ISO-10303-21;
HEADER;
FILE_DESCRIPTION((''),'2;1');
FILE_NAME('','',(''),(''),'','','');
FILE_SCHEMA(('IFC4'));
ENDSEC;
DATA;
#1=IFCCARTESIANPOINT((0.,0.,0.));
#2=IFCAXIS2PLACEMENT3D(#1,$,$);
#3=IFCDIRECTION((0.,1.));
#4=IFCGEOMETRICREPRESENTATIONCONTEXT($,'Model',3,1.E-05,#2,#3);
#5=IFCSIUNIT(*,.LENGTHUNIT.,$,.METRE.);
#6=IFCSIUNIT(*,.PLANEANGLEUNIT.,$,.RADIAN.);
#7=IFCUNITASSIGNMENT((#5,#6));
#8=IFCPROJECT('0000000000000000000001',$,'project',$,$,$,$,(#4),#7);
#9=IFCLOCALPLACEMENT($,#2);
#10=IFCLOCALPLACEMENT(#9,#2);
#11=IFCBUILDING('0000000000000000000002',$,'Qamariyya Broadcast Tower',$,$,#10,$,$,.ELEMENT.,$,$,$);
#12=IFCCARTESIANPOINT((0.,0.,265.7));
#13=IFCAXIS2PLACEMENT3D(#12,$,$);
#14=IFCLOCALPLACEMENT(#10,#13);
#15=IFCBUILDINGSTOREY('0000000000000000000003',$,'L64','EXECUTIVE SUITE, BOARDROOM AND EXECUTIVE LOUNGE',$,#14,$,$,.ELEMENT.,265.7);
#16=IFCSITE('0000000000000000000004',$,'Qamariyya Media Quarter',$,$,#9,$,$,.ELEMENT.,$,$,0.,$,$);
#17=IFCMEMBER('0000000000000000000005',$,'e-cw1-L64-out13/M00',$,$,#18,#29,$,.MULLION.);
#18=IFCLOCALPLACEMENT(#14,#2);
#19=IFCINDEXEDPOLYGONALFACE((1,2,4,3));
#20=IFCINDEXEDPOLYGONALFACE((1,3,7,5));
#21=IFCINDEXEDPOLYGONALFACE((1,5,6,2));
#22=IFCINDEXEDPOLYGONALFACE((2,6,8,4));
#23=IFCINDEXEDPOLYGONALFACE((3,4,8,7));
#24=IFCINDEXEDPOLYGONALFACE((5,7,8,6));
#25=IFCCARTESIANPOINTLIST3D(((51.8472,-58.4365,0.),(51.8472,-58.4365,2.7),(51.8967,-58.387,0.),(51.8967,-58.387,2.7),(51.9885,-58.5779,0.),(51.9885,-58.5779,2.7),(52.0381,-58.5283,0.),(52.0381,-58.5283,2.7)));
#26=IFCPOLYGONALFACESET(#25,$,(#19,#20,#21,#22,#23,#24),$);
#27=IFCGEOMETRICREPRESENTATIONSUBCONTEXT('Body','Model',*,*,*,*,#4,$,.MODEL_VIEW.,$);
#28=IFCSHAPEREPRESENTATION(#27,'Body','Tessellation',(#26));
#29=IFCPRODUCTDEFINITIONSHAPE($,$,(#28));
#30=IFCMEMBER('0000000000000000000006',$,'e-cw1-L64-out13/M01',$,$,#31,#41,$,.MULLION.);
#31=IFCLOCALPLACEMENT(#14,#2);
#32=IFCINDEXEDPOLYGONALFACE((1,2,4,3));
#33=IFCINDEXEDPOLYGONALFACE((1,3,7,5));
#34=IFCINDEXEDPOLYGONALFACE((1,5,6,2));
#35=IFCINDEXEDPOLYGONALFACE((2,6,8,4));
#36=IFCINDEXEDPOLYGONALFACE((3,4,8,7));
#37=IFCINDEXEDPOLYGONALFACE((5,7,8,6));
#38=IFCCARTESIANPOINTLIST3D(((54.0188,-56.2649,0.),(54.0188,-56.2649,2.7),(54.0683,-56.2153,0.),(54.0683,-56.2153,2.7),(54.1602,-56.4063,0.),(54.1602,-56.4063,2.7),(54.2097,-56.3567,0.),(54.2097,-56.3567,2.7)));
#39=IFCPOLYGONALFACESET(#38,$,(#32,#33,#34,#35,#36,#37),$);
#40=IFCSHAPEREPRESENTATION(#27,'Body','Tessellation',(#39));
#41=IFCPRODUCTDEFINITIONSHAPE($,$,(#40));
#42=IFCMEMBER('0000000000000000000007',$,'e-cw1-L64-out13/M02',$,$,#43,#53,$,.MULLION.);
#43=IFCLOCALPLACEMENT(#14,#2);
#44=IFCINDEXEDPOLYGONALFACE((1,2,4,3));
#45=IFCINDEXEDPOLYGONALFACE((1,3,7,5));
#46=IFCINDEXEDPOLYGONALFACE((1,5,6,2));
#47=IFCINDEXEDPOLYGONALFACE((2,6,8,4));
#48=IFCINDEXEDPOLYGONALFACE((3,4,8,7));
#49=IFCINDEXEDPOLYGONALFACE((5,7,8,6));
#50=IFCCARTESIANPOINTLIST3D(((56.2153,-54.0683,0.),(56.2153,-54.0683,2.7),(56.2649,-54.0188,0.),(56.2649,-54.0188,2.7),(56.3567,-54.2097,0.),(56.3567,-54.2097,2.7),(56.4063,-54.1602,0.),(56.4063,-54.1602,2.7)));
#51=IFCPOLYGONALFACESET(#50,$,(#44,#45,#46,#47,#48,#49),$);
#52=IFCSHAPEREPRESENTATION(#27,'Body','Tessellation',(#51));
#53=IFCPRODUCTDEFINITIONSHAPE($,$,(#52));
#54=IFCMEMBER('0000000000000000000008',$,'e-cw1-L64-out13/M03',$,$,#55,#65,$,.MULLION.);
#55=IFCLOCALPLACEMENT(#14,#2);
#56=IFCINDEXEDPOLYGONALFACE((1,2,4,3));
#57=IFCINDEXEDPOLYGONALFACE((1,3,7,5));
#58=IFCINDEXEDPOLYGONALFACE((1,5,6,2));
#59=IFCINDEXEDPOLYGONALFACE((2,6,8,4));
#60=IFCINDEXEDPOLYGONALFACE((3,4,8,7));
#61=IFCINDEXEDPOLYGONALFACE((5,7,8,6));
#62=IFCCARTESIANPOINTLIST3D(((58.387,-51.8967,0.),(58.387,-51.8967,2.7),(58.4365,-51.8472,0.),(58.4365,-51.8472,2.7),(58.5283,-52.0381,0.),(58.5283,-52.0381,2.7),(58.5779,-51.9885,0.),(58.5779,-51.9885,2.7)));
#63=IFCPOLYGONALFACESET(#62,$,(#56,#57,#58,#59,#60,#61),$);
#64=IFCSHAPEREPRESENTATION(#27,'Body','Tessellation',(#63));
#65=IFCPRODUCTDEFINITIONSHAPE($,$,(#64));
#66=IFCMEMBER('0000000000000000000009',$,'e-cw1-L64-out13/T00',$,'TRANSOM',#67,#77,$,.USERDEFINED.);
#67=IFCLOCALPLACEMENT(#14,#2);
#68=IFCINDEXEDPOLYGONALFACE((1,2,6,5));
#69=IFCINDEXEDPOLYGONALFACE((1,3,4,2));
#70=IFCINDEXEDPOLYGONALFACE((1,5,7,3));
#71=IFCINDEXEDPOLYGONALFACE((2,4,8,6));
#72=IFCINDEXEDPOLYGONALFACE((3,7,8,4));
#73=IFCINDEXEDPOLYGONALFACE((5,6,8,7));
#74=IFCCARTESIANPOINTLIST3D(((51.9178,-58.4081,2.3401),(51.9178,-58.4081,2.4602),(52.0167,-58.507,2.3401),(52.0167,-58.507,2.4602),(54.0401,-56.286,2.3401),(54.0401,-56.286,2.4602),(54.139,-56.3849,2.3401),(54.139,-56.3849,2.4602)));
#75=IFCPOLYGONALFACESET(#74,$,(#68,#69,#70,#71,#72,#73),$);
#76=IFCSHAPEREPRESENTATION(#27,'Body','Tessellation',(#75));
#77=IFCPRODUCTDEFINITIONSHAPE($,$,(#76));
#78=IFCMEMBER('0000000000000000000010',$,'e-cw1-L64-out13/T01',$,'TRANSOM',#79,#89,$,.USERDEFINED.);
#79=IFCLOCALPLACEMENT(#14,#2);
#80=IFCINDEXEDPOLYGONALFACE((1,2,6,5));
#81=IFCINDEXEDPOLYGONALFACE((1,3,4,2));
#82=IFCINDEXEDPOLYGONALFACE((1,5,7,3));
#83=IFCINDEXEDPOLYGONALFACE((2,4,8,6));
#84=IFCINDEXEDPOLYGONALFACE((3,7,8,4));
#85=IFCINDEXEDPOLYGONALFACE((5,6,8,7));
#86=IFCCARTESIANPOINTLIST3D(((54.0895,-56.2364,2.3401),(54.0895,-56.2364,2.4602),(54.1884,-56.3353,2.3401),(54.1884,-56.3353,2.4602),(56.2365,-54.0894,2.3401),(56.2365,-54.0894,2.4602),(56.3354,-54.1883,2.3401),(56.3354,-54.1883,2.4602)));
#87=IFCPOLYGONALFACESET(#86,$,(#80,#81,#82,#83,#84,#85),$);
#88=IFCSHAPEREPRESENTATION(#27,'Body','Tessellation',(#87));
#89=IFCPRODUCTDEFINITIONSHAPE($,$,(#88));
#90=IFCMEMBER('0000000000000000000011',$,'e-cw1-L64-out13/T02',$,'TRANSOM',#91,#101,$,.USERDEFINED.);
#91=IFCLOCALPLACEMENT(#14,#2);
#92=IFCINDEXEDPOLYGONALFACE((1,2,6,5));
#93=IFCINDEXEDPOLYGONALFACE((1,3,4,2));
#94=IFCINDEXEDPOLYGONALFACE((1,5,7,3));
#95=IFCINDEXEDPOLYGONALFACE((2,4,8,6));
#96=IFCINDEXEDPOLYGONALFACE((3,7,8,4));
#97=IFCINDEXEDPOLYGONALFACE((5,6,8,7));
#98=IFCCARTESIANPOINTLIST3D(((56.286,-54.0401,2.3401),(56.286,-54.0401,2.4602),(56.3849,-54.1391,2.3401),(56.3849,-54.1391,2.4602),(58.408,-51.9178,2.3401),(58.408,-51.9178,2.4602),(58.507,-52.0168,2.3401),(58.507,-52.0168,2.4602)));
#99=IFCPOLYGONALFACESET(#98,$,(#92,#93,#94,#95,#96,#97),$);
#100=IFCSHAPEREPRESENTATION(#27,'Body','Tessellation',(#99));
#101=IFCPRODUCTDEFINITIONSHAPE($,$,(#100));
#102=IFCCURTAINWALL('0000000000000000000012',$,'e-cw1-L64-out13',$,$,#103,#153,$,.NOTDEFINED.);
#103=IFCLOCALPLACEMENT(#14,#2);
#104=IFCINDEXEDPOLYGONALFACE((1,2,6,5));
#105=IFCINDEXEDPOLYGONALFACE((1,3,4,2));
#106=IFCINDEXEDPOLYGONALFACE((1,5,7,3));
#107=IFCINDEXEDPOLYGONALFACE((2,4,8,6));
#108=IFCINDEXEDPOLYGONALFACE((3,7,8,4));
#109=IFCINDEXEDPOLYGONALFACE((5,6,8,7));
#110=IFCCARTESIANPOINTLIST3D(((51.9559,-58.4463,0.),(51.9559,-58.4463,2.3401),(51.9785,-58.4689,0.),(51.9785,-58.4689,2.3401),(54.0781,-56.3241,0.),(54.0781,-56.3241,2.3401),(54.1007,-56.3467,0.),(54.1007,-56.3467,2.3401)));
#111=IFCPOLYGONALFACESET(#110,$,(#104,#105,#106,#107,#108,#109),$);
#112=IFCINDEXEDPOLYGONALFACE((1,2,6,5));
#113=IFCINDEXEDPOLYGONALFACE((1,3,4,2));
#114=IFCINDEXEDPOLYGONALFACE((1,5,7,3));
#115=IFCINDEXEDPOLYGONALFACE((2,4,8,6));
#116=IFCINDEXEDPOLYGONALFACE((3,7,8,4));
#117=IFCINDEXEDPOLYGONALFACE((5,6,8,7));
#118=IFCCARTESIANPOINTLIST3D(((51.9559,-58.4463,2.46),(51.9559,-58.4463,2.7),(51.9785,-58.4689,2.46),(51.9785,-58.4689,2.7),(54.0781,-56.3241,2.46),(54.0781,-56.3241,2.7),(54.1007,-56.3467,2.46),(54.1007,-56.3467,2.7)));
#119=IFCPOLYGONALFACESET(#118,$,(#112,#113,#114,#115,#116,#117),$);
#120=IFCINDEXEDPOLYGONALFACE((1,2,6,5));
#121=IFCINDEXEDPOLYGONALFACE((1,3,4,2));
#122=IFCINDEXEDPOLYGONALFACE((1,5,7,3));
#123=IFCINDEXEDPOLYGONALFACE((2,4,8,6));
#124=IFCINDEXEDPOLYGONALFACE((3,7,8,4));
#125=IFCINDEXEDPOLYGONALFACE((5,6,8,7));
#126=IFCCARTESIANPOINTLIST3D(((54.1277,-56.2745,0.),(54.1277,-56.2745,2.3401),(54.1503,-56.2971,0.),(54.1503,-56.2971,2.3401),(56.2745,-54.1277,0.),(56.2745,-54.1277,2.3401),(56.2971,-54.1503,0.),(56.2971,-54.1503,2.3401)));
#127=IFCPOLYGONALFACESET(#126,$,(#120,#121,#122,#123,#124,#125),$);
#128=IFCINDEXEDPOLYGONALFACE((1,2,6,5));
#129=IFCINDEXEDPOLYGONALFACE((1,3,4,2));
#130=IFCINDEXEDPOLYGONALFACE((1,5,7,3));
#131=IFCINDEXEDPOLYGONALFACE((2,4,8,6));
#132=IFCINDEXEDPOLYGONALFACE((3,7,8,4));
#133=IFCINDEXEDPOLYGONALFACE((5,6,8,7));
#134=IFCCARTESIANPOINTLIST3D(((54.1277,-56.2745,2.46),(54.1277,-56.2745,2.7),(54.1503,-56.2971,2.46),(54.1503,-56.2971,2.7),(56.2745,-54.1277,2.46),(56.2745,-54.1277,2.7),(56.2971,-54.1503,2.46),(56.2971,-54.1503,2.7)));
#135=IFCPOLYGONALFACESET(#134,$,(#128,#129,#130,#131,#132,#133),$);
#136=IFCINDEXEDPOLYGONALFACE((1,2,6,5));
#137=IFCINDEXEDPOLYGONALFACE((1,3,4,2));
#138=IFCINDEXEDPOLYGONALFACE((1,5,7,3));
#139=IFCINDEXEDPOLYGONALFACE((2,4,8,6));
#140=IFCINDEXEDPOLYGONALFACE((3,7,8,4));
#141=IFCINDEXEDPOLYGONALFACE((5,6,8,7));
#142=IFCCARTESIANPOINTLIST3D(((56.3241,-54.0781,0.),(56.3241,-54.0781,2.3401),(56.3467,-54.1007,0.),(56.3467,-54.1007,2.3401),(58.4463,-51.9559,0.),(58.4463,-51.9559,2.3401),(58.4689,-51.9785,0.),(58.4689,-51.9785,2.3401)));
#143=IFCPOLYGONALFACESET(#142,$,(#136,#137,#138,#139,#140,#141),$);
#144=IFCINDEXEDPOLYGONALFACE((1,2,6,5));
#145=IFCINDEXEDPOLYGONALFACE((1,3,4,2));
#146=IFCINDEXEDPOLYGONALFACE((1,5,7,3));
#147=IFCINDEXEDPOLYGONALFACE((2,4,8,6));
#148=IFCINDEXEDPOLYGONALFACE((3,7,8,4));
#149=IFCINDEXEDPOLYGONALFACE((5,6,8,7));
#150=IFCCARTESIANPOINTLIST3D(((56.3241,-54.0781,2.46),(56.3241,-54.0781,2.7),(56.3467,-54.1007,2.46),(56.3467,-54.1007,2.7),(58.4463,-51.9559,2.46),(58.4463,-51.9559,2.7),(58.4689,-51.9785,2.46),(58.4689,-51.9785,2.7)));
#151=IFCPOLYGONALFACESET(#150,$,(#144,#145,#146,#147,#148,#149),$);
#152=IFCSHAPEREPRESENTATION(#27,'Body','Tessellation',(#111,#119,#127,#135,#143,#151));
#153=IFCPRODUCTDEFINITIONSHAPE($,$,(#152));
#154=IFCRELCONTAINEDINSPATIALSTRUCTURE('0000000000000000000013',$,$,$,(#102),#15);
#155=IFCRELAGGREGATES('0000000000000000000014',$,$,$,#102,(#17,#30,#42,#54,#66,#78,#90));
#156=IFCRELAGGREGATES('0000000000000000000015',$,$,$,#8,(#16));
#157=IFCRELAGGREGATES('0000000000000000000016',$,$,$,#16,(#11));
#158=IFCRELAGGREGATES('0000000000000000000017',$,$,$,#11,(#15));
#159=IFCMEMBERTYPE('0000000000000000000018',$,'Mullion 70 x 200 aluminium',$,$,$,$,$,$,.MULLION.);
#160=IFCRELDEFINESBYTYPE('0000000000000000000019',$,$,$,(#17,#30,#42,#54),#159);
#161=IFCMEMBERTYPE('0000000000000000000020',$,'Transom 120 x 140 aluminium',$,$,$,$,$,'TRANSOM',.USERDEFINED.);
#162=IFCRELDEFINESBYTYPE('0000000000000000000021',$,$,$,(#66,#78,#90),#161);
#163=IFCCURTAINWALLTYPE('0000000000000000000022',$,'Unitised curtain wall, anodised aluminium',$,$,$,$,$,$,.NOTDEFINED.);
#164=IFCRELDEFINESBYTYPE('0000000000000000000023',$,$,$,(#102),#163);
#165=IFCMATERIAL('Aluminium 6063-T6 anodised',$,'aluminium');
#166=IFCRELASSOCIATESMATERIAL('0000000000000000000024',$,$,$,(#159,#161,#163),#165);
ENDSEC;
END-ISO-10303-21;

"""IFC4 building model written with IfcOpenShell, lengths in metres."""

from ifc_helpers import new_model, si_unit, direction, frame, origin, origin_2d, place, context, subcontext, project, spatial, rectangle, extrude, material, material_profile, profile_set, type_object, element, aggregate, save


model = new_model("IFC4")

# Units and contexts
model_context = context("Model", 3, precision=1e-05, world=origin(), true_north=direction((0.0, 1.0)))
body_context = subcontext(model_context, "Body", "Model", "MODEL_VIEW")
ifc_project = project(units=[si_unit("LENGTHUNIT", "METRE"), si_unit("PLANEANGLEUNIT", "RADIAN")], contexts=[model_context])

# Members
ifc_material = material(Name="Aluminium 6063-T6 anodised", Category="aluminium")
ifc_material_profile_1 = material_profile(ifc_material, rectangle(XDim=0.2, YDim=0.0701, at=origin_2d()))
ifc_profile_set_1 = profile_set([ifc_material_profile_1], Name="Aluminium 6063-T6 anodised")
member_type_1 = type_object("IfcMemberType", Name="Mullion 70 x 200 aluminium", PredefinedType="MULLION", material=ifc_profile_set_1)
site_placement = place(None, origin())
building_placement = place(site_placement, origin())
storey_placement = place(building_placement, frame((0.0, 0.0, 265.7)))
member_1_placement = place(storey_placement, frame((51.9426, -58.4824, 0.0), z_axis=(0.0, 0.0, 1.0), x_axis=(-0.707107, 0.707107, 0.0)))
member_1 = element("IfcMember", 1, at=member_1_placement, type_object=member_type_1, Name="e-cw1-L64-out13/M00", PredefinedType="MULLION", context=body_context, shape_type="SweptSolid", body=[
    extrude(rectangle(XDim=0.2, YDim=0.0701, at=origin_2d()), origin(), (0.0, 0.0, 1.0), 2.7),
])
member_2_placement = place(storey_placement, frame((54.1143, -56.3108, 0.0), z_axis=(0.0, 0.0, 1.0), x_axis=(-0.707107, 0.707107, 0.0)))
member_2 = element("IfcMember", 2, at=member_2_placement, type_object=member_type_1, Name="e-cw1-L64-out13/M01", PredefinedType="MULLION", context=body_context, shape_type="SweptSolid", body=[
    extrude(rectangle(XDim=0.2, YDim=0.0701, at=origin_2d()), origin(), (0.0, 0.0, 1.0), 2.7),
])
member_3_placement = place(storey_placement, frame((56.3108, -54.1143, 0.0), z_axis=(0.0, 0.0, 1.0), x_axis=(-0.707107, 0.707107, 0.0)))
member_3 = element("IfcMember", 3, at=member_3_placement, type_object=member_type_1, Name="e-cw1-L64-out13/M02", PredefinedType="MULLION", context=body_context, shape_type="SweptSolid", body=[
    extrude(rectangle(XDim=0.2, YDim=0.0701, at=origin_2d()), origin(), (0.0, 0.0, 1.0), 2.7),
])
member_4_placement = place(storey_placement, frame((58.4824, -51.9426, 0.0), z_axis=(0.0, 0.0, 1.0), x_axis=(-0.707107, 0.707107, 0.0)))
member_4 = element("IfcMember", 4, at=member_4_placement, type_object=member_type_1, Name="e-cw1-L64-out13/M03", PredefinedType="MULLION", context=body_context, shape_type="SweptSolid", body=[
    extrude(rectangle(XDim=0.2, YDim=0.0701, at=origin_2d()), origin(), (0.0, 0.0, 1.0), 2.7),
])
ifc_material_profile_2 = material_profile(ifc_material, rectangle(XDim=0.1399, YDim=0.1201, at=origin_2d()))
ifc_profile_set_2 = profile_set([ifc_material_profile_2], Name="Aluminium 6063-T6 anodised")
member_type_2 = type_object("IfcMemberType", Name="Transom 120 x 140 aluminium", ElementType="TRANSOM", PredefinedType="USERDEFINED", material=ifc_profile_set_2)
member_5_placement = place(storey_placement, frame((51.9673, -58.4575, 2.4001), z_axis=(0.707147, 0.707066, 0.0), x_axis=(-0.707066, 0.707147, 0.0)))
member_5 = element("IfcMember", 5, at=member_5_placement, type_object=member_type_2, Name="e-cw1-L64-out13/T00", ObjectType="TRANSOM", PredefinedType="USERDEFINED", context=body_context, shape_type="SweptSolid", body=[
    extrude(rectangle(XDim=0.1399, YDim=0.1201, at=origin_2d()), origin(), (0.0, 0.0, 1.0), 3.0012),
])
member_6_placement = place(storey_placement, frame((54.1389, -56.2859, 2.4001), z_axis=(0.707107, 0.707107, 0.0), x_axis=(-0.707107, 0.707107, 0.0)))
member_6 = element("IfcMember", 6, at=member_6_placement, type_object=member_type_2, Name="e-cw1-L64-out13/T01", ObjectType="TRANSOM", PredefinedType="USERDEFINED", context=body_context, shape_type="SweptSolid", body=[
    extrude(rectangle(XDim=0.1399, YDim=0.1201, at=origin_2d()), origin(), (0.0, 0.0, 1.0), 3.0364),
])
member_7_placement = place(storey_placement, frame((56.3354, -54.0896, 2.4001), z_axis=(0.707066, 0.707147, 0.0), x_axis=(-0.707147, 0.707066, 0.0)))
member_7 = element("IfcMember", 7, at=member_7_placement, type_object=member_type_2, Name="e-cw1-L64-out13/T02", ObjectType="TRANSOM", PredefinedType="USERDEFINED", context=body_context, shape_type="SweptSolid", body=[
    extrude(rectangle(XDim=0.1399, YDim=0.1201, at=origin_2d()), origin(), (0.0, 0.0, 1.0), 3.0012),
])

# Site, building, storey
site = spatial("IfcSite", under=ifc_project, at=site_placement, Name="Qamariyya Media Quarter", CompositionType="ELEMENT", RefElevation=0.0)
building = spatial("IfcBuilding", under=site, at=building_placement, Name="Qamariyya Broadcast Tower", CompositionType="ELEMENT")
storey = spatial("IfcBuildingStorey", under=building, at=storey_placement, Name="L64", Description="EXECUTIVE SUITE, BOARDROOM AND EXECUTIVE LOUNGE", CompositionType="ELEMENT", Elevation=265.7)

# Curtain wall
curtain_wall_type = type_object("IfcCurtainWallType", Name="Unitised curtain wall, anodised aluminium", PredefinedType="NOTDEFINED", material=ifc_material)
curtain_wall_1_placement = place(storey_placement, origin())
curtain_wall_1 = element("IfcCurtainWall", 8, at=curtain_wall_1_placement, inside=storey, type_object=curtain_wall_type, Name="e-cw1-L64-out13", PredefinedType="NOTDEFINED", context=body_context, shape_type="SweptSolid", body=[
    extrude(rectangle(XDim=3.0012, YDim=0.032, at=origin_2d()), frame((53.0283, -57.3965, 0.0), x_axis=(0.707107, 0.707107, 0.0)), (0.0, 0.0, 1.0), 2.3401),
    extrude(rectangle(XDim=3.0012, YDim=0.032, at=origin_2d()), frame((53.0283, -57.3965, 2.46), x_axis=(0.707107, 0.707107, 0.0)), (0.0, 0.0, 1.0), 0.24),
    extrude(rectangle(XDim=3.0361, YDim=0.032, at=origin_2d()), frame((55.2124, -55.2124, 0.0), x_axis=(0.707107, 0.707107, 0.0)), (0.0, 0.0, 1.0), 2.3401),
    extrude(rectangle(XDim=3.0361, YDim=0.032, at=origin_2d()), frame((55.2124, -55.2124, 2.46), x_axis=(0.707107, 0.707107, 0.0)), (0.0, 0.0, 1.0), 0.24),
    extrude(rectangle(XDim=3.0012, YDim=0.032, at=origin_2d()), frame((57.3965, -53.0283, 0.0), x_axis=(0.707107, 0.707107, 0.0)), (0.0, 0.0, 1.0), 2.3401),
    extrude(rectangle(XDim=3.0012, YDim=0.032, at=origin_2d()), frame((57.3965, -53.0283, 2.46), x_axis=(0.707107, 0.707107, 0.0)), (0.0, 0.0, 1.0), 0.24),
])
aggregate(curtain_wall_1, [member_1, member_2, member_3, member_4, member_5, member_6, member_7])

save(model, "model.ifc")
